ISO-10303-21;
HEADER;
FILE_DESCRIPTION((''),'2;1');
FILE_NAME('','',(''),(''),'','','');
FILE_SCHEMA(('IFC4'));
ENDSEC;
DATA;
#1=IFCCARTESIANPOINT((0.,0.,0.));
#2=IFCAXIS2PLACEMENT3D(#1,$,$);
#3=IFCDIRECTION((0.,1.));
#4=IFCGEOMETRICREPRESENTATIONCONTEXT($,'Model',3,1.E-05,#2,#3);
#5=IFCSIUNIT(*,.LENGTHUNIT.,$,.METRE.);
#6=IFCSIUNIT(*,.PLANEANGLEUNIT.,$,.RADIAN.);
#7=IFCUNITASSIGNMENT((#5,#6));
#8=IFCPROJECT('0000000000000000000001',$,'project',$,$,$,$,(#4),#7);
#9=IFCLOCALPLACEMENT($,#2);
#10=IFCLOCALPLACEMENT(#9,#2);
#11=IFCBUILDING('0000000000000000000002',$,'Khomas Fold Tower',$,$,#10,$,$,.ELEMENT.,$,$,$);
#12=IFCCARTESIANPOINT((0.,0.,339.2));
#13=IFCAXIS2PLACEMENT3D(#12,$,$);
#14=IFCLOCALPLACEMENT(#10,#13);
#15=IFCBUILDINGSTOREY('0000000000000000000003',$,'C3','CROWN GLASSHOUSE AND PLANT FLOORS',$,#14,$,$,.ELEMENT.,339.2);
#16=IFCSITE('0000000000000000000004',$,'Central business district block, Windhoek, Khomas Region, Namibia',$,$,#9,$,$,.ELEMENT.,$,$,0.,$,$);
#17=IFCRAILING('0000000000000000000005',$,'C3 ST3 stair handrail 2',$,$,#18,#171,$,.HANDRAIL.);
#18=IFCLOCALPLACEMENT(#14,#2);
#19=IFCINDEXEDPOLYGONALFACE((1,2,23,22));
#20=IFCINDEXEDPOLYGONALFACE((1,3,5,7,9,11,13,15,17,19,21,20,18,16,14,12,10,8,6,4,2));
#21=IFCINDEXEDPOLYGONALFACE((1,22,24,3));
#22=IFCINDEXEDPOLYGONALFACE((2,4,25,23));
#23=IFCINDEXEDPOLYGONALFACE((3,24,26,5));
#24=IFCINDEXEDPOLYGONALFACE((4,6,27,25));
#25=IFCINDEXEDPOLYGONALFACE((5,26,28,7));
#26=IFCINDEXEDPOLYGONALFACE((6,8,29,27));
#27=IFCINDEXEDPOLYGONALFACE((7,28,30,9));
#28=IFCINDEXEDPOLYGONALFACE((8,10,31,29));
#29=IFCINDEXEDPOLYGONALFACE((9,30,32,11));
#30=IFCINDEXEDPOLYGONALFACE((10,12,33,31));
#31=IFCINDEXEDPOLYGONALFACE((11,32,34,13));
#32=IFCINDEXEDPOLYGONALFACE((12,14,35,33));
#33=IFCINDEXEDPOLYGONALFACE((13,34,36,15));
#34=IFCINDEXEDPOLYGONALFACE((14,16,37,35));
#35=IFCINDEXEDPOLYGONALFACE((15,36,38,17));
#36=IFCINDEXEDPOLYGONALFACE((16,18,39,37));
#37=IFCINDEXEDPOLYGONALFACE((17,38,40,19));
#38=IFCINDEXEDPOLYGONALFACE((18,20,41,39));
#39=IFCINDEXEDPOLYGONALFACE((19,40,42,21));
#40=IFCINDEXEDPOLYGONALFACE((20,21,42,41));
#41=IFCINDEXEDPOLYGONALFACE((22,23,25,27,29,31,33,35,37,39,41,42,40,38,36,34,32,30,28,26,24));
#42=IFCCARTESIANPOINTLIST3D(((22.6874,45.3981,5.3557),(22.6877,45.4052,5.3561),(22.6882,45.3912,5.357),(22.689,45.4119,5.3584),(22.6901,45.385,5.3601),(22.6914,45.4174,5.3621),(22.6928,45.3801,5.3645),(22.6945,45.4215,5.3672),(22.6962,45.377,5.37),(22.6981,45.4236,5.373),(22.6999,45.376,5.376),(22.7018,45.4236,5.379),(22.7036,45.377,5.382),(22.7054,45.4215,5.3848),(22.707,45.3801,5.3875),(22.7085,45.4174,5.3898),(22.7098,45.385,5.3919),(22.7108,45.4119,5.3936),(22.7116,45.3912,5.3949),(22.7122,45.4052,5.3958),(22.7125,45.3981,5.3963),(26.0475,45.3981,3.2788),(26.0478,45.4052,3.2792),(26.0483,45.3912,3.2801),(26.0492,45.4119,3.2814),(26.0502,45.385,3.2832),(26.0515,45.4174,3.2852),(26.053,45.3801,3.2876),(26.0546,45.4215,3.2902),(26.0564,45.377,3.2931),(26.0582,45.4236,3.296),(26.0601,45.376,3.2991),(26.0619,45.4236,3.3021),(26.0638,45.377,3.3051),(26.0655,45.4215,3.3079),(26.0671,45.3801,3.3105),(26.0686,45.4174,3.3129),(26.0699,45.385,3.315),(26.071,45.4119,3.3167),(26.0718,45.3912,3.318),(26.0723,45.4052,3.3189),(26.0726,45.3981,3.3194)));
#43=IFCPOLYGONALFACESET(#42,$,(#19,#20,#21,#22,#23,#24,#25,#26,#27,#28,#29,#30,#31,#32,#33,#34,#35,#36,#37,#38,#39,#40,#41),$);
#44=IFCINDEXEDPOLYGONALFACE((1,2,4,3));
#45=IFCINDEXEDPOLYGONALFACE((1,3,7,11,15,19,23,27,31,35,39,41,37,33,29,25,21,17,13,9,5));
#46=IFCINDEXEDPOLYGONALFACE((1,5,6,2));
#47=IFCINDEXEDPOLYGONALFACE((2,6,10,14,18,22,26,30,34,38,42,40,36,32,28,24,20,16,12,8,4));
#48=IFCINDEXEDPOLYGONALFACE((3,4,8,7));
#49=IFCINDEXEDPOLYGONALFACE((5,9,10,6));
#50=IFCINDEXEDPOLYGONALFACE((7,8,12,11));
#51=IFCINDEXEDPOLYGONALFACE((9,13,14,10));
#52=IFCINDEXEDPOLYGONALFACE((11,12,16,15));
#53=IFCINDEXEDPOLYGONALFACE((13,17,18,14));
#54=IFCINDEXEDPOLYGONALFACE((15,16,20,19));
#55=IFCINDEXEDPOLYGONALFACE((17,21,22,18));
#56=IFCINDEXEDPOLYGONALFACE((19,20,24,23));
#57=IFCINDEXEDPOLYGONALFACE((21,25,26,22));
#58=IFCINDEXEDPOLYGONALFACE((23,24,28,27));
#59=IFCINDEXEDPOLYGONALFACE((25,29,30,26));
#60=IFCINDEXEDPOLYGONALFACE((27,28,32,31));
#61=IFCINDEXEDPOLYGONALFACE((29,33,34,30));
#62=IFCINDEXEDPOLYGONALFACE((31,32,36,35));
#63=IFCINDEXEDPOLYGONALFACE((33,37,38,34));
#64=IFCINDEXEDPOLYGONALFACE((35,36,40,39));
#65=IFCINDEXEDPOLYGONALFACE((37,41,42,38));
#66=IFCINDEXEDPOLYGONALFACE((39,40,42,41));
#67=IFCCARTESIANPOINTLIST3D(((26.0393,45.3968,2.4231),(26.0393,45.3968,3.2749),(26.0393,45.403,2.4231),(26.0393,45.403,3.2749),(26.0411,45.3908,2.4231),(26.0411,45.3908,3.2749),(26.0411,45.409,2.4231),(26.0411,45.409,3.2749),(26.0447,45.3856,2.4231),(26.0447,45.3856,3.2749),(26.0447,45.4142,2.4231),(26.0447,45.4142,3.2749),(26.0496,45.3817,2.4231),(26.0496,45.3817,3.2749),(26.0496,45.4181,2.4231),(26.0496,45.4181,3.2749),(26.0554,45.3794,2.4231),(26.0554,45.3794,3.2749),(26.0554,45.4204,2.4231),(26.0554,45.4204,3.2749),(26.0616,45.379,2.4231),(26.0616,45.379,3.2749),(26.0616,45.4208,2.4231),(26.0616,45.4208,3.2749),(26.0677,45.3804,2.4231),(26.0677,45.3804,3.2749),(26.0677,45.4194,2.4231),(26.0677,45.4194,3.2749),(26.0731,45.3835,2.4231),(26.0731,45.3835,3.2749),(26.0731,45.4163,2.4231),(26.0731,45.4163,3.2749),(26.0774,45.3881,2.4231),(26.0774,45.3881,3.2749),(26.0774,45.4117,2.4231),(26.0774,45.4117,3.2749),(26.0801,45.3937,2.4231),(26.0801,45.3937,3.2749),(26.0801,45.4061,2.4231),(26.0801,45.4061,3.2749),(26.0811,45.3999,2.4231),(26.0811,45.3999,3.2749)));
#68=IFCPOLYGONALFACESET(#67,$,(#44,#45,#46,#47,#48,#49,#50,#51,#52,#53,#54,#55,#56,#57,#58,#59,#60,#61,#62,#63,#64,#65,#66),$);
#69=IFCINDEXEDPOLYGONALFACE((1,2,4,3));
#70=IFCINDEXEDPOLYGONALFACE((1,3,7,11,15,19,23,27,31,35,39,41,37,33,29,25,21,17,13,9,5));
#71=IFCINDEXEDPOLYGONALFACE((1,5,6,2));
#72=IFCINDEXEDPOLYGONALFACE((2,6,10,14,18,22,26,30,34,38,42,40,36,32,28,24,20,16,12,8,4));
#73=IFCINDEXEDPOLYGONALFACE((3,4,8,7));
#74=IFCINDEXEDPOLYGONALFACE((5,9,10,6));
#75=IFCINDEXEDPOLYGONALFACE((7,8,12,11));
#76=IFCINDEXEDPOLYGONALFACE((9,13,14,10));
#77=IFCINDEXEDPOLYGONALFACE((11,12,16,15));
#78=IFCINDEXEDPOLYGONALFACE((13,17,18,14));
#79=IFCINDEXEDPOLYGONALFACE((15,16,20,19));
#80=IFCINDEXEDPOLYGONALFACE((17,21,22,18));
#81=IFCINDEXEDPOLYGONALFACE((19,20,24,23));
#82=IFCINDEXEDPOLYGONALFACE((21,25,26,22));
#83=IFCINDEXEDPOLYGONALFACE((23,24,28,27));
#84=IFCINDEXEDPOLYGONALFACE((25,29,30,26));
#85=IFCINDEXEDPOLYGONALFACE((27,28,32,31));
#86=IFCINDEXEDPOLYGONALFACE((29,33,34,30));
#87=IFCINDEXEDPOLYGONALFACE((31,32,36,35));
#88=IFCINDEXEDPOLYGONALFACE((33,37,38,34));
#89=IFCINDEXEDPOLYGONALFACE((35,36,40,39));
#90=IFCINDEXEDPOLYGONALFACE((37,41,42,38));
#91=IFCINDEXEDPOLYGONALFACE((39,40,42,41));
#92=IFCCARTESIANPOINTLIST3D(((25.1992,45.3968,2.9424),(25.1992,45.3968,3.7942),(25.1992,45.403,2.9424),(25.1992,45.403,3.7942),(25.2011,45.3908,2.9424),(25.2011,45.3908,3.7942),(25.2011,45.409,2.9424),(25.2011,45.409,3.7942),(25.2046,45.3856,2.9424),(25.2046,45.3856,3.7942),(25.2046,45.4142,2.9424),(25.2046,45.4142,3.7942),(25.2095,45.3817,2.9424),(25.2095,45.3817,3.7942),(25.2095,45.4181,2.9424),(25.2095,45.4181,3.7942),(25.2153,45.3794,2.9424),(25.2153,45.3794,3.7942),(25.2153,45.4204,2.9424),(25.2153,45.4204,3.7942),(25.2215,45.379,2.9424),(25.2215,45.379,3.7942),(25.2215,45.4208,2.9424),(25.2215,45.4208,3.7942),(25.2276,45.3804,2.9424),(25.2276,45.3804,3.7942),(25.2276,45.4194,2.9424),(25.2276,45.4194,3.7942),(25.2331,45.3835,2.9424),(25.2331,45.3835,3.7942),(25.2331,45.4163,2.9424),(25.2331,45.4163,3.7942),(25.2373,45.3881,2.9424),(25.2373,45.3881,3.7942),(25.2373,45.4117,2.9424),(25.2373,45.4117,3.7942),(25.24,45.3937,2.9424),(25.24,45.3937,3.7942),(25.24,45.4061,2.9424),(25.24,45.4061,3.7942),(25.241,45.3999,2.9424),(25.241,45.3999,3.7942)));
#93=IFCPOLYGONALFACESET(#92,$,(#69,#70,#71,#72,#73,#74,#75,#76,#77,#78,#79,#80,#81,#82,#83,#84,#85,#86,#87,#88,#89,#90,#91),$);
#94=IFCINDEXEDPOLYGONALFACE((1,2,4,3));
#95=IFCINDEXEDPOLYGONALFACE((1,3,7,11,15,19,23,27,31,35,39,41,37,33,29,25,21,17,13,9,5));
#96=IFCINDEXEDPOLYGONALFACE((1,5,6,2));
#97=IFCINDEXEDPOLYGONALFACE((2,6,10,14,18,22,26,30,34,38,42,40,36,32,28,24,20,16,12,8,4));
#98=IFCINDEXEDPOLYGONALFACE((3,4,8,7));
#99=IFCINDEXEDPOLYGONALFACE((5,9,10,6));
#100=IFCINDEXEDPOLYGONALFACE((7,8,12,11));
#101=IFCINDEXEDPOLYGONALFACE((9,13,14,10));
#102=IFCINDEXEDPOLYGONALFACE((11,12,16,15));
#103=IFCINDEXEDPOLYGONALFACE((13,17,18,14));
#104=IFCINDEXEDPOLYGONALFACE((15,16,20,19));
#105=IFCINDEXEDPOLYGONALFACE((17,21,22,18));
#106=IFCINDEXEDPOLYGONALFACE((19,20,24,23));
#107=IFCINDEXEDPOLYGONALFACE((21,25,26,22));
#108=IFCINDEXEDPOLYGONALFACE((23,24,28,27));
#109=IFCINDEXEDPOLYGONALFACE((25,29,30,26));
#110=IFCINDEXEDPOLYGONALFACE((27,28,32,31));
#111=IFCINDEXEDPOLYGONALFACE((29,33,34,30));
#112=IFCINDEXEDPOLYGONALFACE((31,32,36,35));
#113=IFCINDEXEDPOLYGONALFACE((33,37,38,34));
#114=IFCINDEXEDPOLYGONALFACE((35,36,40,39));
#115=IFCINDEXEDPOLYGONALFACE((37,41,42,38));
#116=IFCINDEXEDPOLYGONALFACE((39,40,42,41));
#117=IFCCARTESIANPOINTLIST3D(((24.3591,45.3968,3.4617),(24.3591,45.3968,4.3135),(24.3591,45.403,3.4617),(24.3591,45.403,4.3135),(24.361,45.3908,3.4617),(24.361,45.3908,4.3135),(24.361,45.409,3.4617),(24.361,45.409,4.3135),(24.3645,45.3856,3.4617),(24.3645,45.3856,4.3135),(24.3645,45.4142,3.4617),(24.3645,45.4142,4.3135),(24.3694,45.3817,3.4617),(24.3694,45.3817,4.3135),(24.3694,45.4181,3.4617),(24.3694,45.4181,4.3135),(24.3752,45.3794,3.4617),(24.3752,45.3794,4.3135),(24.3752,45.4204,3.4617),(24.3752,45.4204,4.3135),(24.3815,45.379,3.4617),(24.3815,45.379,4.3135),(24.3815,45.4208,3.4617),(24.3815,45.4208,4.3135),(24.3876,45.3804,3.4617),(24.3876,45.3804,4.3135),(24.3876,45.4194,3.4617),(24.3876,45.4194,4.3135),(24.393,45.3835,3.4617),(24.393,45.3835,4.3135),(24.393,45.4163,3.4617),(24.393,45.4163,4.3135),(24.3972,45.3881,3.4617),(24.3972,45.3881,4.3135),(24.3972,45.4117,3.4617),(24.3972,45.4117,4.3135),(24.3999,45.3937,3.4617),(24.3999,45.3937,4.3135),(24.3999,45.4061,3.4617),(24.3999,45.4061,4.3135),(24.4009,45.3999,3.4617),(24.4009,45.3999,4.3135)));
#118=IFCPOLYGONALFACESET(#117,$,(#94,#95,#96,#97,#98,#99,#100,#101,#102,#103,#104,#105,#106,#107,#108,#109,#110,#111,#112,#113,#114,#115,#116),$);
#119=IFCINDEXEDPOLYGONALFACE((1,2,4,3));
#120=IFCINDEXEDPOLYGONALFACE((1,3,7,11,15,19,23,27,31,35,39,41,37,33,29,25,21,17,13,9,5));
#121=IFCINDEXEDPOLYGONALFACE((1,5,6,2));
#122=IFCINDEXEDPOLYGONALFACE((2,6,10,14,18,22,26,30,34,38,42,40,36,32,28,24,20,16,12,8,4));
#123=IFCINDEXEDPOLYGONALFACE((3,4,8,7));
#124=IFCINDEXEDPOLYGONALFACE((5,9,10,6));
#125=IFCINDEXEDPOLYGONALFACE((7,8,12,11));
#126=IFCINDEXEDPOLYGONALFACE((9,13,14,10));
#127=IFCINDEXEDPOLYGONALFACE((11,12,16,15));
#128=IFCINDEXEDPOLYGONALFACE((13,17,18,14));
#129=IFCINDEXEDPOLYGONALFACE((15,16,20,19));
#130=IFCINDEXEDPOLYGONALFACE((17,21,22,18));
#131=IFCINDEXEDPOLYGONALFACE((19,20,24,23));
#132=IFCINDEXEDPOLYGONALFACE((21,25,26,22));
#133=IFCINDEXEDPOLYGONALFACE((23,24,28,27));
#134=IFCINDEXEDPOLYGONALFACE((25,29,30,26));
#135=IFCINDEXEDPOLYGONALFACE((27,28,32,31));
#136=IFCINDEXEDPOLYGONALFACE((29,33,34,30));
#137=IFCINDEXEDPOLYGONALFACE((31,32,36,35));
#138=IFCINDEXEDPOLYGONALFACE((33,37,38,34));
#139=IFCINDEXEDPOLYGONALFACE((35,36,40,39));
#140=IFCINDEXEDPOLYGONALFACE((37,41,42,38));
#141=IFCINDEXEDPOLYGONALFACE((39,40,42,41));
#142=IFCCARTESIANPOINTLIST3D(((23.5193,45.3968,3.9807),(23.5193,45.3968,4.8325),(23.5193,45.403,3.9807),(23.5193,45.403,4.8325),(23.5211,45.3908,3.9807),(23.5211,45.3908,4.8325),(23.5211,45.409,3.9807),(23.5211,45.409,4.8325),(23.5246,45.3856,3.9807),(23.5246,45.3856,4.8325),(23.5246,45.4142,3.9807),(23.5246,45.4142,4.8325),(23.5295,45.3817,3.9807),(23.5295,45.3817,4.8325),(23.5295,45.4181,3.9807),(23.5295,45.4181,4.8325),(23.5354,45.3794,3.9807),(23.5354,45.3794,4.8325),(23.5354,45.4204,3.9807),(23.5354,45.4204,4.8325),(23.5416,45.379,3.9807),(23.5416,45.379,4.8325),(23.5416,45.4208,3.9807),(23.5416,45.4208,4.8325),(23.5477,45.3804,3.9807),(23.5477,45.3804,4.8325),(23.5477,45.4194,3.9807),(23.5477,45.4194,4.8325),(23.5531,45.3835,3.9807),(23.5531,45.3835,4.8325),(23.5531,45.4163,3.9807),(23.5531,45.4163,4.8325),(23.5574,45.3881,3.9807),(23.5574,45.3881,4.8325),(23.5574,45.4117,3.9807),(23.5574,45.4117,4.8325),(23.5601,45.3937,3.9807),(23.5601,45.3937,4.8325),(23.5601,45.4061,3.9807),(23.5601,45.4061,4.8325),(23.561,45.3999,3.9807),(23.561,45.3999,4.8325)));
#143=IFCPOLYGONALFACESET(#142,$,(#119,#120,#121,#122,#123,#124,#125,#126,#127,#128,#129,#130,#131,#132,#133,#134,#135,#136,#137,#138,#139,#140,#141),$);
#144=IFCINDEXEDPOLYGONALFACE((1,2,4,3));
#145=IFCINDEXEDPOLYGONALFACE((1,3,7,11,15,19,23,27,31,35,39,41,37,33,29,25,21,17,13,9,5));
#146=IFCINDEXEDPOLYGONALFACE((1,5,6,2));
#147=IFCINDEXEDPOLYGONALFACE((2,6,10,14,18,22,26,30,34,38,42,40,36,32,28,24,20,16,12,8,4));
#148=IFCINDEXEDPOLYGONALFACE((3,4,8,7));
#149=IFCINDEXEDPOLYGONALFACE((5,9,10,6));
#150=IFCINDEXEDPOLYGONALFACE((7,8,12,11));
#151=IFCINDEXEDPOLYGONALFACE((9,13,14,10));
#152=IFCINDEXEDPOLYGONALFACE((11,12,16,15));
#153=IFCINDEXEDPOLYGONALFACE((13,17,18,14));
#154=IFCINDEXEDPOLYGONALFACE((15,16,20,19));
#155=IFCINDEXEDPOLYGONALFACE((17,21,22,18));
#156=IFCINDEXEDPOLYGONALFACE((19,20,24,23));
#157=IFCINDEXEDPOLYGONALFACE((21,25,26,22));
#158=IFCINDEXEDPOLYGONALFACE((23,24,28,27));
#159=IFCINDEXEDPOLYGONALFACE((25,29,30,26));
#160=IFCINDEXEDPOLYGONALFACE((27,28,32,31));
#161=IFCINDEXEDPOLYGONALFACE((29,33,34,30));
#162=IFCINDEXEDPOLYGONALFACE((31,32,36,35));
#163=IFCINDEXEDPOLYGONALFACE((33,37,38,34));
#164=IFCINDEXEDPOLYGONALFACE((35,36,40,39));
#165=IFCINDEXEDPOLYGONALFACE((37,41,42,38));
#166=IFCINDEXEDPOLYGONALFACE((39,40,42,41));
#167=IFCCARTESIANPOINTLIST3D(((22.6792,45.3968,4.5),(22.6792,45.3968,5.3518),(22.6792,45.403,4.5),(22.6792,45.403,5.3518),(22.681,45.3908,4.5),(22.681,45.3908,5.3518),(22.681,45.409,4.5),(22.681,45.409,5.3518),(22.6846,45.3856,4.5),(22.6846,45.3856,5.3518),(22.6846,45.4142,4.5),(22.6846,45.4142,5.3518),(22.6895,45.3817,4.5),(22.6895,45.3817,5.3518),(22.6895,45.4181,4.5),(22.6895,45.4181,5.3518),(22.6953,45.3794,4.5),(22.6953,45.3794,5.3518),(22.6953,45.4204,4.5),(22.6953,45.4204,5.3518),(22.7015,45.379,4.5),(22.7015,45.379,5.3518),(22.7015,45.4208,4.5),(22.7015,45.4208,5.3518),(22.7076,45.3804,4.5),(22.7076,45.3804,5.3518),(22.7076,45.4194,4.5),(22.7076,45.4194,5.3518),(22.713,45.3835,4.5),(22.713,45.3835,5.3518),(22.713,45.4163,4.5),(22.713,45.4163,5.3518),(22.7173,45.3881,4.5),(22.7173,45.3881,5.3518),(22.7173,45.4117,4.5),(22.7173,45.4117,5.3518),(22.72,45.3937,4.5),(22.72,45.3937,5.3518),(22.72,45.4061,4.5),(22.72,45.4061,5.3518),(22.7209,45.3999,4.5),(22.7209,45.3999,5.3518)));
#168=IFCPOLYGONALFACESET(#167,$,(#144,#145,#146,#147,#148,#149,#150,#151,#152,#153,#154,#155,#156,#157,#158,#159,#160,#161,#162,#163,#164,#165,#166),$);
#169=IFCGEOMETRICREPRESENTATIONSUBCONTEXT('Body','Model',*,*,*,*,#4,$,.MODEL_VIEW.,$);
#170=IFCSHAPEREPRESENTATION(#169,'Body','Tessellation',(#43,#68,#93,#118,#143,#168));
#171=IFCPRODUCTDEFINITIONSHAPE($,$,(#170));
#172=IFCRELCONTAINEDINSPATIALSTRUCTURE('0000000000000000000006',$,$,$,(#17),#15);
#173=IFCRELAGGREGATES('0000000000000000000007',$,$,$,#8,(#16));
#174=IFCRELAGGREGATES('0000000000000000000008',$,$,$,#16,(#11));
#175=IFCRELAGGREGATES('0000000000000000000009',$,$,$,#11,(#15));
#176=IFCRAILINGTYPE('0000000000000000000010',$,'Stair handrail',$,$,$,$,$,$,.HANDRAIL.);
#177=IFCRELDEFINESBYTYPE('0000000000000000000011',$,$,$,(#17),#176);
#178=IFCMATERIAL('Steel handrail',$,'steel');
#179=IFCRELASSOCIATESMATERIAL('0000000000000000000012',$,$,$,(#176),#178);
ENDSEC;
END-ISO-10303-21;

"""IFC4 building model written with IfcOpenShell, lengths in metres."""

from ifc_helpers import new_model, si_unit, direction, frame, origin, origin_2d, place, context, subcontext, project, spatial, circle, extrude, source, transform, mapped, material, type_object, element, save


model = new_model("IFC4")

# Units and contexts
model_context = context("Model", 3, precision=1e-05, world=origin(), true_north=direction((0.0, 1.0)))
body_context = subcontext(model_context, "Body", "Model", "MODEL_VIEW")
ifc_project = project(units=[si_unit("LENGTHUNIT", "METRE"), si_unit("PLANEANGLEUNIT", "RADIAN")], contexts=[model_context])

# Site, building, storey
site_placement = place(None, origin())
site = spatial("IfcSite", under=ifc_project, at=site_placement, Name="Central business district block, Windhoek, Khomas Region, Namibia", CompositionType="ELEMENT", RefElevation=0.0)
building_placement = place(site_placement, origin())
building = spatial("IfcBuilding", under=site, at=building_placement, Name="Khomas Fold Tower", CompositionType="ELEMENT")
storey_placement = place(building_placement, frame((0.0, 0.0, 339.2)))
storey = spatial("IfcBuildingStorey", under=building, at=storey_placement, Name="C3", Description="CROWN GLASSHOUSE AND PLANT FLOORS", CompositionType="ELEMENT", Elevation=339.2)

# Railing
ifc_material_1 = material(Name="Steel handrail", Category="steel")
railing_type_1 = type_object("IfcRailingType", Name="Stair handrail", PredefinedType="HANDRAIL", material=ifc_material_1)
shared_shape_1 = source(origin(), body_context, "Body", "SweptSolid", [
    extrude(circle(Radius=0.0239, at=origin_2d()), frame((0.0, 0.0, 0.876), z_axis=(-0.850623, 0.0, 0.525776), x_axis=(0.0, -1.0, 0.0)), (0.0, 0.0, 1.0), 3.9502),
    extrude(circle(Radius=0.021, at=origin_2d()), origin(), (0.0, 0.0, 1.0), 0.8518),
    extrude(circle(Radius=0.021, at=origin_2d()), frame((-0.8401, 0.0, 0.5193)), (0.0, 0.0, 1.0), 0.8518),
    extrude(circle(Radius=0.021, at=origin_2d()), frame((-1.6802, 0.0, 1.0386)), (0.0, 0.0, 1.0), 0.8518),
    extrude(circle(Radius=0.021, at=origin_2d()), frame((-2.52, 0.0, 1.5576)), (0.0, 0.0, 1.0), 0.8518),
    extrude(circle(Radius=0.021, at=origin_2d()), frame((-3.3601, 0.0, 2.0769)), (0.0, 0.0, 1.0), 0.8518),
])
railing_1_placement = place(storey_placement, frame((26.0601, 45.3999, 2.4231)))
element("IfcRailing", 1, at=railing_1_placement, inside=storey, type_object=railing_type_1, Name="C3 ST3 stair handrail 2", PredefinedType="HANDRAIL", context=body_context, shape_type="MappedRepresentation", body=[
    mapped(shared_shape_1, transform((0.0, 0.0, 0.0))),
])

save(model, "model.ifc")
